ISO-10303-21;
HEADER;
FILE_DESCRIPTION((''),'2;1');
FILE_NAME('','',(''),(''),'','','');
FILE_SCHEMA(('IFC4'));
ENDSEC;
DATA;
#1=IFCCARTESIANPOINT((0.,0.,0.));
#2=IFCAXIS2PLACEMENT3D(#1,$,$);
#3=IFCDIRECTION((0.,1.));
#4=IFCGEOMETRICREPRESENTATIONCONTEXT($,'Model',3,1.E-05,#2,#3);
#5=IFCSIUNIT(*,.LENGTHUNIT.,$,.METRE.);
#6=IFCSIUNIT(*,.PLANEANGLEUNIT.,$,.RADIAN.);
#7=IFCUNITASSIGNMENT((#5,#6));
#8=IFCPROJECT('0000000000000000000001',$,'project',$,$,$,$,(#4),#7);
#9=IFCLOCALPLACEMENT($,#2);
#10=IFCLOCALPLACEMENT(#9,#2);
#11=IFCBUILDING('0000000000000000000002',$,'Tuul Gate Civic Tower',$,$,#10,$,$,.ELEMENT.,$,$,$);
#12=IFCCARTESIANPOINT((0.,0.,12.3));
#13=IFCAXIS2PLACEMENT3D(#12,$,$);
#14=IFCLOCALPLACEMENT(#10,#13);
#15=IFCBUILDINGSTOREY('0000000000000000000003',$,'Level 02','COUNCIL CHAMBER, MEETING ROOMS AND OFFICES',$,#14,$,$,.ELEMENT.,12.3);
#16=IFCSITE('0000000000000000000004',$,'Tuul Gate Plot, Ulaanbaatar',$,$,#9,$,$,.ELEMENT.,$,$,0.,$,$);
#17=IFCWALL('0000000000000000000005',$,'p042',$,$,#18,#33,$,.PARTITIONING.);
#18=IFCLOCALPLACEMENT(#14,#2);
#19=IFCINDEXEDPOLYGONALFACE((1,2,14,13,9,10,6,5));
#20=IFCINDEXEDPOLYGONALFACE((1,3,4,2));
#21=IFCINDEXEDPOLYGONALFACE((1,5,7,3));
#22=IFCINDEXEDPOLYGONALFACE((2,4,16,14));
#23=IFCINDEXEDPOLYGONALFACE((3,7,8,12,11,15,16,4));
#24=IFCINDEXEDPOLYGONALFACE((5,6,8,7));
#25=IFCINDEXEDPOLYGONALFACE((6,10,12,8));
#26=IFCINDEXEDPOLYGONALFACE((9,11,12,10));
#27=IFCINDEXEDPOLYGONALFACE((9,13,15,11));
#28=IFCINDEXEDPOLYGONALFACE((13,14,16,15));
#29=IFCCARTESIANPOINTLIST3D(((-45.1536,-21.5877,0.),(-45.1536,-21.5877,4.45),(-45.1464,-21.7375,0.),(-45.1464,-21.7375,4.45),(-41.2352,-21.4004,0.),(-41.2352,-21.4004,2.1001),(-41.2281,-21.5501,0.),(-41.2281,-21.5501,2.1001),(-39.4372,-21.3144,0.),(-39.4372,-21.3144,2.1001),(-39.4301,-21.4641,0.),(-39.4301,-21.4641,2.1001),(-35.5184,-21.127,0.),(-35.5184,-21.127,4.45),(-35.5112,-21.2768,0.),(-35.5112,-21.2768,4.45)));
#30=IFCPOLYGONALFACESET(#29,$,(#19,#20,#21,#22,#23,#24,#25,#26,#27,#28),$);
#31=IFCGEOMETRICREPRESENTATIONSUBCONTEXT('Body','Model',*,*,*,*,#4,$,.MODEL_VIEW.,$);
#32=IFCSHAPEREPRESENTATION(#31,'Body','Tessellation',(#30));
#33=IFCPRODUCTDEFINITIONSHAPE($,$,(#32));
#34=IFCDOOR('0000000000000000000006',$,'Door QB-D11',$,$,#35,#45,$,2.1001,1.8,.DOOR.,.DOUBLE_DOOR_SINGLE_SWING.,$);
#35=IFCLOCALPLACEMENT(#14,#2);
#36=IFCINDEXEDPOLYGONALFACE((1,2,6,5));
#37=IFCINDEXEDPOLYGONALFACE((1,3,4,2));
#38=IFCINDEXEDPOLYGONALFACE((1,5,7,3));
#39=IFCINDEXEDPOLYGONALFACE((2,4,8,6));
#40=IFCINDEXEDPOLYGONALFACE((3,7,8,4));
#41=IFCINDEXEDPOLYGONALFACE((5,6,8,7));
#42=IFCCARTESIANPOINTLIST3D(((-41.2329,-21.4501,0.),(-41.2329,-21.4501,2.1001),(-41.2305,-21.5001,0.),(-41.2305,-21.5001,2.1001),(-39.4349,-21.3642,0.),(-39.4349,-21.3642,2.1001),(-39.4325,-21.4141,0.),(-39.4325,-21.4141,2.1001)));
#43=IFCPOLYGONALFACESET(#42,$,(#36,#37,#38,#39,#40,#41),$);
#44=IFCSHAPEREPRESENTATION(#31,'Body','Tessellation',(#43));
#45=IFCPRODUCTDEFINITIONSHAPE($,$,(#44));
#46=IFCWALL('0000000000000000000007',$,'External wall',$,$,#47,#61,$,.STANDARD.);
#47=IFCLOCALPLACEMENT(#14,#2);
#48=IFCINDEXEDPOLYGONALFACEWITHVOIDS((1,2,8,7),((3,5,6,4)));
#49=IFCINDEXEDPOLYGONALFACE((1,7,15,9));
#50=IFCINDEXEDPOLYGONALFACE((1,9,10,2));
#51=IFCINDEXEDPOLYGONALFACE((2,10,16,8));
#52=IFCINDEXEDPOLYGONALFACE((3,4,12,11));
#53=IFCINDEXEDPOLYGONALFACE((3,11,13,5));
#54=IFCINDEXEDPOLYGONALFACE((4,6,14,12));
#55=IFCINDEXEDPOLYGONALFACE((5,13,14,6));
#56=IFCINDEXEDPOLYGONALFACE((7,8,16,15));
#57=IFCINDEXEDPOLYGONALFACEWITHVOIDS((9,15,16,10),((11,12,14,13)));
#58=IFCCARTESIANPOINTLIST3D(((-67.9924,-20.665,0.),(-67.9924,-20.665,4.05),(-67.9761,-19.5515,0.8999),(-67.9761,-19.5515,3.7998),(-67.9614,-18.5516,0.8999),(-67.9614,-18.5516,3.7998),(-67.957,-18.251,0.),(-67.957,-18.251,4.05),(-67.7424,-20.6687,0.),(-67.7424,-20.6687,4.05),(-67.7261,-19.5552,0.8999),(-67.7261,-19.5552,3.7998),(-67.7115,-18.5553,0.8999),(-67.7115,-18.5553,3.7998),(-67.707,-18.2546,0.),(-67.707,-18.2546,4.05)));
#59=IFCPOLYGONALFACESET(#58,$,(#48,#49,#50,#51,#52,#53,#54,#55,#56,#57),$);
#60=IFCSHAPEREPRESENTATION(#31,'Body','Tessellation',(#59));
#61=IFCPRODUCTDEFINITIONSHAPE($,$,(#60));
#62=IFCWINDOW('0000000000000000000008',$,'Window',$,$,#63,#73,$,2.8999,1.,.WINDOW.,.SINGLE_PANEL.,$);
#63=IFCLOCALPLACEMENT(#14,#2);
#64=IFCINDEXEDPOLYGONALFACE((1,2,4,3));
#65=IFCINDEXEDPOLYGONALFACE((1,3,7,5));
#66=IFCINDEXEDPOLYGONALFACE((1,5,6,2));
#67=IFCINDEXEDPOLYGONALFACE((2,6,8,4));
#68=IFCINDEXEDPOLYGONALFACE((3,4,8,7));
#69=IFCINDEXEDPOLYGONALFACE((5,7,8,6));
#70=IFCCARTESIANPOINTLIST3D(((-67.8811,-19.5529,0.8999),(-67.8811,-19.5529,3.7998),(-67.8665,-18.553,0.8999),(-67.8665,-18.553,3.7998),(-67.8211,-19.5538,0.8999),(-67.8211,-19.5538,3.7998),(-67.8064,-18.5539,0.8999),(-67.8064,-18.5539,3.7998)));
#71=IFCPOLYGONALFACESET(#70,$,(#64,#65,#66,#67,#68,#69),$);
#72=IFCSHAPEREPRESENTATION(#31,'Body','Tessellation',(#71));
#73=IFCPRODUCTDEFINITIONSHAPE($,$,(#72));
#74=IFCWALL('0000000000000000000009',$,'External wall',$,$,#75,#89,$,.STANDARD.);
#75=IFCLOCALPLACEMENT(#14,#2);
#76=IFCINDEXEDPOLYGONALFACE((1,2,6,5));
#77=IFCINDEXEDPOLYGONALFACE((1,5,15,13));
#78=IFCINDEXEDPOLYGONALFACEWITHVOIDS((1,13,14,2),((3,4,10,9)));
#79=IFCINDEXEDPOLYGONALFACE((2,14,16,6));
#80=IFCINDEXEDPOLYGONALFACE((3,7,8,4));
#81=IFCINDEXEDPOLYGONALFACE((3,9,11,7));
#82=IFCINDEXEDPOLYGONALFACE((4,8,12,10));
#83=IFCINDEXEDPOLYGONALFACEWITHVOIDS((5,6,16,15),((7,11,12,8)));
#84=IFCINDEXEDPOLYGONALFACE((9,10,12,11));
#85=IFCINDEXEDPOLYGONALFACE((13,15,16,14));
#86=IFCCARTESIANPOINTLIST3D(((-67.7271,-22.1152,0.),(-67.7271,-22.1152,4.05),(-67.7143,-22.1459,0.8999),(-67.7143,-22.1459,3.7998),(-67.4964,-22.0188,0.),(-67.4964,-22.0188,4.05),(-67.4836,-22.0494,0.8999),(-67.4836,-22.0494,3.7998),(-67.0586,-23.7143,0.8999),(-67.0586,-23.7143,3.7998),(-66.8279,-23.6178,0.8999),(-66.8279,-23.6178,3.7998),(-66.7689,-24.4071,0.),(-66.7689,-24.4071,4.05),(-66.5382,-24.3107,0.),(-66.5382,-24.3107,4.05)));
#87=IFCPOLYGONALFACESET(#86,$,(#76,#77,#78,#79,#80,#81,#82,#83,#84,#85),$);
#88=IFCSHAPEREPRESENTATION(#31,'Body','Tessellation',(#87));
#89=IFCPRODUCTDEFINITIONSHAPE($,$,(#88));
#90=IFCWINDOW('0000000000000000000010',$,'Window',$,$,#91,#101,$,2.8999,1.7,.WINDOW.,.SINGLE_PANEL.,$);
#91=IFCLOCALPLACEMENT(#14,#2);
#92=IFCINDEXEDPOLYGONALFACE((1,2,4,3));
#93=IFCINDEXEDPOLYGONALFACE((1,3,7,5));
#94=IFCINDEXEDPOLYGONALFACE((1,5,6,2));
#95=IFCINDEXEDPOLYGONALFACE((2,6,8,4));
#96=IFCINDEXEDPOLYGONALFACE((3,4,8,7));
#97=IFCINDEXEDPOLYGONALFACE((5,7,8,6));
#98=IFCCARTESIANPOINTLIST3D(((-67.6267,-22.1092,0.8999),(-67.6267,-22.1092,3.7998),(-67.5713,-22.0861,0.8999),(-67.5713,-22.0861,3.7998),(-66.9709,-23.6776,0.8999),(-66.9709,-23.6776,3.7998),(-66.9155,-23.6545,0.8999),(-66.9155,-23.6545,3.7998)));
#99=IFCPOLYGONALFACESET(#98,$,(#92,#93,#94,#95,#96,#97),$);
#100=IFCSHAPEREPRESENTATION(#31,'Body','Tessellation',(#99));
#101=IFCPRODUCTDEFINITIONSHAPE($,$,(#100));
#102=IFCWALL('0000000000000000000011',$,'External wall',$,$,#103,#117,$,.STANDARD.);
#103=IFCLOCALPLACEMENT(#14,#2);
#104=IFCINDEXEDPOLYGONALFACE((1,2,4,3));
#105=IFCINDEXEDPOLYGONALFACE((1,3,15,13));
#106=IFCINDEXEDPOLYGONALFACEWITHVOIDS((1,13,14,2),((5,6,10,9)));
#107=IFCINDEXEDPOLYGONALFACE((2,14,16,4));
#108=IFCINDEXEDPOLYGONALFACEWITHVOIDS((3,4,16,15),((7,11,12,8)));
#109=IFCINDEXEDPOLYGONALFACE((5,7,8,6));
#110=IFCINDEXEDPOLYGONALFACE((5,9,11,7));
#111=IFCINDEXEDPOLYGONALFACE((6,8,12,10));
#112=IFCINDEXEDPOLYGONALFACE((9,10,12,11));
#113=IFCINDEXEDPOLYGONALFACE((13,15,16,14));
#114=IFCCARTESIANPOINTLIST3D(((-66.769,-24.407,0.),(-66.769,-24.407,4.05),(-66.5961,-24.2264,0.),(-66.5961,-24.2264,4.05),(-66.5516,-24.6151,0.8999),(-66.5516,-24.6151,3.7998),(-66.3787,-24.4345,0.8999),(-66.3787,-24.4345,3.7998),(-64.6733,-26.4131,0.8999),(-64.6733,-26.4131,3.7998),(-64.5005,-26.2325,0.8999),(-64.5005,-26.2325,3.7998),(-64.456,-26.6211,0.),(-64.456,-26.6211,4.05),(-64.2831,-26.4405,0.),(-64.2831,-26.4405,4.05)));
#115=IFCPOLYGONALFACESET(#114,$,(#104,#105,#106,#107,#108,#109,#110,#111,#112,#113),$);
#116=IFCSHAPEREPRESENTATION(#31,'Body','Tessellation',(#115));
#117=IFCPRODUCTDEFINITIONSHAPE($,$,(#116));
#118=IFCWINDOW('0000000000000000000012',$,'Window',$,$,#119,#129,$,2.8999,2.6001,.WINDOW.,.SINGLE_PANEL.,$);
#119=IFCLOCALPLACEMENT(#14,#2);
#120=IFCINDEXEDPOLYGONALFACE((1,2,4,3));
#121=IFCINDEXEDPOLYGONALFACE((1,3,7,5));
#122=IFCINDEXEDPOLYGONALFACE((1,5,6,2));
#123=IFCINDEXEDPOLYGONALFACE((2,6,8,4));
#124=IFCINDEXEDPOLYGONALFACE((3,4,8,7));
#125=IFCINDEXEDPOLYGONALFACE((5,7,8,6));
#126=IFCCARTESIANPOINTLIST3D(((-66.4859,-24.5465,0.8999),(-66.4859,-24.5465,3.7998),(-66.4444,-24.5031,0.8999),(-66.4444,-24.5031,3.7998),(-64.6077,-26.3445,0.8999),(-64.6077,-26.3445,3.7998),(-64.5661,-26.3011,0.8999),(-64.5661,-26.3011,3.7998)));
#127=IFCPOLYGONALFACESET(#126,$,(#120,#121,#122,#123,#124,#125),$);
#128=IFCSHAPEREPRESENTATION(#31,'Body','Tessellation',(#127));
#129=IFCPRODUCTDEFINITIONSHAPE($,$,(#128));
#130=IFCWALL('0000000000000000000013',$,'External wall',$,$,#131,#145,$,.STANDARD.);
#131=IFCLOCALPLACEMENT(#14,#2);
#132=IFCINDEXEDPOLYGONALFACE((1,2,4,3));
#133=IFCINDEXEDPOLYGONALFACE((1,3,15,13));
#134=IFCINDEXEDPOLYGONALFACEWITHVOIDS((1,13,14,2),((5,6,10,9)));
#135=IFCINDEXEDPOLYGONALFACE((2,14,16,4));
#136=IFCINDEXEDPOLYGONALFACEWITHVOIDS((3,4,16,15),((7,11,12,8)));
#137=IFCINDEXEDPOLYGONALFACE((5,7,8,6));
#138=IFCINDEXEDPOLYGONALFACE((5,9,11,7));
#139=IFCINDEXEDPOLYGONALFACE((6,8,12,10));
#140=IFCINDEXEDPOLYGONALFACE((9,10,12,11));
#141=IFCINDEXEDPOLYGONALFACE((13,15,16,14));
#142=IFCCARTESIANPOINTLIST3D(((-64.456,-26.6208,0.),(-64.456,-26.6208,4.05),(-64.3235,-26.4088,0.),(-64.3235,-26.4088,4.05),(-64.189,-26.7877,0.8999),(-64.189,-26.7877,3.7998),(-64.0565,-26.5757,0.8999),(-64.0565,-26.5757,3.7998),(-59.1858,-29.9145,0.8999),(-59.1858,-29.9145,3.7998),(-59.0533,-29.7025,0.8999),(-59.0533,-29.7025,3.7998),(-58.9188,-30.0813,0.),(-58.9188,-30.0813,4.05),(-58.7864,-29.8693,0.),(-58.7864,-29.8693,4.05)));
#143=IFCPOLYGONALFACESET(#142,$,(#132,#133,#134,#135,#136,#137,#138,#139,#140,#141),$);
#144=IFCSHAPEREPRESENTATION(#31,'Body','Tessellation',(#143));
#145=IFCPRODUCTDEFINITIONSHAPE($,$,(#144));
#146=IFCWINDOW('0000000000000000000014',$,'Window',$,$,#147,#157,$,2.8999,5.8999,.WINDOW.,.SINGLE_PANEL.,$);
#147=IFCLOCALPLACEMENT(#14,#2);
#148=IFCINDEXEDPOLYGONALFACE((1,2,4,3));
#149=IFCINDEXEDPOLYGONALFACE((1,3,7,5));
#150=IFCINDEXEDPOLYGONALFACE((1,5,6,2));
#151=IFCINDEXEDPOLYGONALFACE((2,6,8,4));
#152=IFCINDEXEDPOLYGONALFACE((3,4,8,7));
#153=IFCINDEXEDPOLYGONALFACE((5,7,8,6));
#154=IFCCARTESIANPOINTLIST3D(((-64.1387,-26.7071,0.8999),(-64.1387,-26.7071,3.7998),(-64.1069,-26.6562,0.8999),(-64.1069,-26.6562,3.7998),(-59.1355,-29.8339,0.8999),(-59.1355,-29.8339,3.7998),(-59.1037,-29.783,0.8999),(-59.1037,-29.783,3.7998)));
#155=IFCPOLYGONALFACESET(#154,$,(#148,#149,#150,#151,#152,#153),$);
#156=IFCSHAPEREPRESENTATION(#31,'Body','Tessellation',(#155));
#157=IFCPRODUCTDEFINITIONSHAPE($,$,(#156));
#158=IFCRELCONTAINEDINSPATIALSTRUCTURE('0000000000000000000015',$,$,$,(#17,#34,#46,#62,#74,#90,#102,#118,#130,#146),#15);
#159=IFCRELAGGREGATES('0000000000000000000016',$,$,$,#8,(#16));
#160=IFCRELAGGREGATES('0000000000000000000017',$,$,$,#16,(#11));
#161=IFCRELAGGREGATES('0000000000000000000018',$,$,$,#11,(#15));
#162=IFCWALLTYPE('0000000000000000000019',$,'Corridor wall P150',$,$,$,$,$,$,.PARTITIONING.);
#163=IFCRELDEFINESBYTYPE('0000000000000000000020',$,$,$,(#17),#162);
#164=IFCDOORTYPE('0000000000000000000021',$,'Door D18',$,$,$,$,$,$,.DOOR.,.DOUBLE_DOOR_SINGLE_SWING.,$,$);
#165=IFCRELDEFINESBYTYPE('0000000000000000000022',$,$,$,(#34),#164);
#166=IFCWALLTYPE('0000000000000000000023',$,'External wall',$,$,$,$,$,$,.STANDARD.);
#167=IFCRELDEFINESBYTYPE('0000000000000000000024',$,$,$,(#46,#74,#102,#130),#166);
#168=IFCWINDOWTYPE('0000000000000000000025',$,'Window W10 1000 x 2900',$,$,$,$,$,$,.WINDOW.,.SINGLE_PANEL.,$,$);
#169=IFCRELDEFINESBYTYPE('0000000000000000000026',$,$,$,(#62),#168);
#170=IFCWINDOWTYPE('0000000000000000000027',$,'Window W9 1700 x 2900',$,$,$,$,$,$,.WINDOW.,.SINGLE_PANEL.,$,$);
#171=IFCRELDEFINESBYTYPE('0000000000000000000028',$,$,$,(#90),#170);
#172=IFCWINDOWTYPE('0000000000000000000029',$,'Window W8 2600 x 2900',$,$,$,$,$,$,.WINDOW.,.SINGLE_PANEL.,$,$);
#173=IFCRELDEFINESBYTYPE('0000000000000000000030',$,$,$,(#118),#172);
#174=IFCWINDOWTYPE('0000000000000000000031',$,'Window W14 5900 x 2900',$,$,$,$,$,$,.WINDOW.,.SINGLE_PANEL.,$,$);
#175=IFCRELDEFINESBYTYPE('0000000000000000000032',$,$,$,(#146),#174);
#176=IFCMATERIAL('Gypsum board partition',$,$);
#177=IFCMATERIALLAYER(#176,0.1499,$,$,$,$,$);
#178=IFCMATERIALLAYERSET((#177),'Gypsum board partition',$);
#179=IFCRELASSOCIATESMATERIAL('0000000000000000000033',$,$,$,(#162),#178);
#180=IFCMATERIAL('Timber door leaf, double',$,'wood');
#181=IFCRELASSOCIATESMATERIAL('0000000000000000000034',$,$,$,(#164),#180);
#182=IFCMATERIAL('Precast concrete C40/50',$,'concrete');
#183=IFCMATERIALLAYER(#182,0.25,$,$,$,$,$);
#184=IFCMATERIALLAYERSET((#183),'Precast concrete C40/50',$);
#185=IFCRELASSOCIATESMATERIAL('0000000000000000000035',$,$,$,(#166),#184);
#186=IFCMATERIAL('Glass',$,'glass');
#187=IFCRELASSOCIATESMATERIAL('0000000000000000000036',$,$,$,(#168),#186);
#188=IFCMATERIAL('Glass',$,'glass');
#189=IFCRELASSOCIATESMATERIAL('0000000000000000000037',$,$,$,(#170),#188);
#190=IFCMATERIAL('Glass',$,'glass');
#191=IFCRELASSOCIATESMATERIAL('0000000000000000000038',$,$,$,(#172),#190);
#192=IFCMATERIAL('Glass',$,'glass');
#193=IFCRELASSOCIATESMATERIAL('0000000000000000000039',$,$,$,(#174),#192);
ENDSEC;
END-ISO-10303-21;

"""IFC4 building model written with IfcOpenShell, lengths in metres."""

from ifc_helpers import new_model, si_unit, direction, frame, frame_2d, origin, place, context, subcontext, project, spatial, rectangle, extrude, material, layer, layer_set, type_object, element, fill, save


model = new_model("IFC4")

# Units and contexts
model_context = context("Model", 3, precision=1e-05, world=origin(), true_north=direction((0.0, 1.0)))
body_context = subcontext(model_context, "Body", "Model", "MODEL_VIEW")
ifc_project = project(units=[si_unit("LENGTHUNIT", "METRE"), si_unit("PLANEANGLEUNIT", "RADIAN")], contexts=[model_context])

# Site, building, storey
site_placement = place(None, origin())
site = spatial("IfcSite", under=ifc_project, at=site_placement, Name="Tuul Gate Plot, Ulaanbaatar", CompositionType="ELEMENT", RefElevation=0.0)
building_placement = place(site_placement, origin())
building = spatial("IfcBuilding", under=site, at=building_placement, Name="Tuul Gate Civic Tower", CompositionType="ELEMENT")
storey_placement = place(building_placement, frame((0.0, 0.0, 12.3)))
storey = spatial("IfcBuildingStorey", under=building, at=storey_placement, Name="Level 02", Description="COUNCIL CHAMBER, MEETING ROOMS AND OFFICES", CompositionType="ELEMENT", Elevation=12.3)

# Shared definitions
ifc_material_1 = material(Name="Gypsum board partition")
ifc_layer_1 = layer(ifc_material_1, 0.1499)
ifc_layer_set_1 = layer_set([ifc_layer_1], Name="Gypsum board partition")
wall_type_1 = type_object("IfcWallType", Name="Corridor wall P150", PredefinedType="PARTITIONING", material=ifc_layer_set_1)

# Wall, opening, door
wall_1_placement = place(storey_placement, frame((-45.1501, -21.6626, 0.0), z_axis=(0.0, 0.0, 1.0), x_axis=(0.998859, 0.047759, 0.0)))
wall_1 = element("IfcWall", 1, at=wall_1_placement, inside=storey, type_object=wall_type_1, Name="p042", PredefinedType="PARTITIONING", context=body_context, shape_type="SweptSolid", body=[
    extrude(rectangle(XDim=9.6462, YDim=0.1499, at=frame_2d((4.8232, 0.0))), origin(), (0.0, 0.0, 1.0), 4.45),
])
opening_1_placement = place(wall_1_placement, frame((3.9231, 0.0, 0.0)))
opening_1 = element("IfcOpeningElement", 2, at=opening_1_placement, cuts=wall_1, PredefinedType="OPENING", context=body_context, shape_type="SweptSolid", body=[
    extrude(rectangle(XDim=1.8, YDim=2.1001, at=frame_2d((0.8999, 1.05))), frame((0.0, 0.085, 0.0), z_axis=(0.0, -1.0, 0.0), x_axis=(1.0, 0.0, 0.0)), (0.0, 0.0, 1.0), 0.1699),
])
ifc_material_2 = material(Name="Timber door leaf, double", Category="wood")
door_type = type_object("IfcDoorType", Name="Door D18", OperationType="DOUBLE_DOOR_SINGLE_SWING", PredefinedType="DOOR", material=ifc_material_2)
door_placement = place(opening_1_placement, frame((1.8, 0.0, 0.0), z_axis=(0.0, 0.0, 1.0), x_axis=(-1.0, 0.0, 0.0)))
door = element("IfcDoor", 3, at=door_placement, inside=storey, type_object=door_type, Name="Door QB-D11", OperationType="DOUBLE_DOOR_SINGLE_SWING", OverallHeight=2.1001, OverallWidth=1.8, PredefinedType="DOOR", context=body_context, shape_type="SweptSolid", body=[
    extrude(rectangle(XDim=1.8, YDim=2.1001, at=frame_2d((0.9001, 1.05))), frame((0.0, 0.0249, 0.0), z_axis=(0.0, -1.0, 0.0), x_axis=(1.0, 0.0, 0.0)), (0.0, 0.0, 1.0), 0.05),
])
fill(opening_1, door)

# Walls, openings, windows
ifc_material_3 = material(Name="Precast concrete C40/50", Category="concrete")
ifc_layer_2 = layer(ifc_material_3, 0.25)
ifc_layer_set_2 = layer_set([ifc_layer_2], Name="Precast concrete C40/50")
wall_type_2 = type_object("IfcWallType", Name="External wall", PredefinedType="STANDARD", material=ifc_layer_set_2)
wall_2_placement = place(storey_placement, frame((-67.832, -18.2529, 0.0), z_axis=(0.0, 0.0, 1.0), x_axis=(-0.014663, -0.999892, 0.0)))
wall_2 = element("IfcWall", 4, at=wall_2_placement, inside=storey, type_object=wall_type_2, Name="External wall", PredefinedType="STANDARD", context=body_context, shape_type="SweptSolid", body=[
    extrude(rectangle(XDim=2.4143, YDim=0.25, at=frame_2d((1.207, 0.0))), origin(), (0.0, 0.0, 1.0), 4.05),
])
opening_2_placement = place(wall_2_placement, frame((0.3005, 0.0, 0.8999)))
opening_2 = element("IfcOpeningElement", 5, at=opening_2_placement, cuts=wall_2, PredefinedType="OPENING", context=body_context, shape_type="SweptSolid", body=[
    extrude(rectangle(XDim=1.0, YDim=2.8999, at=frame_2d((0.5, 1.45))), frame((0.0, 0.135, 0.0), z_axis=(0.0, -1.0, 0.0), x_axis=(1.0, 0.0, 0.0)), (0.0, 0.0, 1.0), 0.27),
])
ifc_material_4 = material(Name="Glass", Category="glass")
window_type_1 = type_object("IfcWindowType", Name="Window W10 1000 x 2900", PartitioningType="SINGLE_PANEL", PredefinedType="WINDOW", material=ifc_material_4)
window_1_placement = place(opening_2_placement, origin())
window_1 = element("IfcWindow", 6, at=window_1_placement, inside=storey, type_object=window_type_1, Name="Window", OverallHeight=2.8999, OverallWidth=1.0, PartitioningType="SINGLE_PANEL", PredefinedType="WINDOW", context=body_context, shape_type="SweptSolid", body=[
    extrude(rectangle(XDim=1.0, YDim=2.8999, at=frame_2d((0.5, 1.45))), frame((0.0, 0.03, 0.0), z_axis=(0.0, -1.0, 0.0), x_axis=(1.0, 0.0, 0.0)), (0.0, 0.0, 1.0), 0.0601),
])
fill(opening_2, window_1)
wall_3_placement = place(storey_placement, frame((-67.6118, -22.0669, 0.0), z_axis=(0.0, 0.0, 1.0), x_axis=(0.385732, -0.922611, 0.0)))
wall_3 = element("IfcWall", 7, at=wall_3_placement, inside=storey, type_object=wall_type_2, Name="External wall", PredefinedType="STANDARD", context=body_context, shape_type="SweptSolid", body=[
    extrude(rectangle(XDim=2.4841, YDim=0.25, at=frame_2d((1.2422, 0.0))), origin(), (0.0, 0.0, 1.0), 4.05),
])
opening_3_placement = place(wall_3_placement, frame((0.0332, 0.0, 0.8999)))
opening_3 = element("IfcOpeningElement", 8, at=opening_3_placement, cuts=wall_3, PredefinedType="OPENING", context=body_context, shape_type="SweptSolid", body=[
    extrude(rectangle(XDim=1.7, YDim=2.8999, at=frame_2d((0.8501, 1.45))), frame((0.0, 0.135, 0.0), z_axis=(0.0, -1.0, 0.0), x_axis=(1.0, 0.0, 0.0)), (0.0, 0.0, 1.0), 0.27),
])
ifc_material_5 = material(Name="Glass", Category="glass")
window_type_2 = type_object("IfcWindowType", Name="Window W9 1700 x 2900", PartitioningType="SINGLE_PANEL", PredefinedType="WINDOW", material=ifc_material_5)
window_2_placement = place(opening_3_placement, origin())
window_2 = element("IfcWindow", 9, at=window_2_placement, inside=storey, type_object=window_type_2, Name="Window", OverallHeight=2.8999, OverallWidth=1.7, PartitioningType="SINGLE_PANEL", PredefinedType="WINDOW", context=body_context, shape_type="SweptSolid", body=[
    extrude(rectangle(XDim=1.7, YDim=2.8999, at=frame_2d((0.8501, 1.45))), frame((0.0, 0.03, 0.0), z_axis=(0.0, -1.0, 0.0), x_axis=(1.0, 0.0, 0.0)), (0.0, 0.0, 1.0), 0.0601),
])
fill(opening_3, window_2)
wall_4_placement = place(storey_placement, frame((-66.6826, -24.3167, 0.0), z_axis=(0.0, 0.0, 1.0), x_axis=(0.722379, -0.691498, 0.0)))
wall_4 = element("IfcWall", 10, at=wall_4_placement, inside=storey, type_object=wall_type_2, Name="External wall", PredefinedType="STANDARD", context=body_context, shape_type="SweptSolid", body=[
    extrude(rectangle(XDim=3.2019, YDim=0.25, at=frame_2d((1.6011, 0.0))), origin(), (0.0, 0.0, 1.0), 4.05),
])
opening_4_placement = place(wall_4_placement, frame((0.301, 0.0, 0.8999)))
opening_4 = element("IfcOpeningElement", 11, at=opening_4_placement, cuts=wall_4, PredefinedType="OPENING", context=body_context, shape_type="SweptSolid", body=[
    extrude(rectangle(XDim=2.6001, YDim=2.8999, at=frame_2d((1.3, 1.45))), frame((0.0, 0.135, 0.0), z_axis=(0.0, -1.0, 0.0), x_axis=(1.0, 0.0, 0.0)), (0.0, 0.0, 1.0), 0.27),
])
ifc_material_6 = material(Name="Glass", Category="glass")
window_type_3 = type_object("IfcWindowType", Name="Window W8 2600 x 2900", PartitioningType="SINGLE_PANEL", PredefinedType="WINDOW", material=ifc_material_6)
window_3_placement = place(opening_4_placement, origin())
window_3 = element("IfcWindow", 12, at=window_3_placement, inside=storey, type_object=window_type_3, Name="Window", OverallHeight=2.8999, OverallWidth=2.6001, PartitioningType="SINGLE_PANEL", PredefinedType="WINDOW", context=body_context, shape_type="SweptSolid", body=[
    extrude(rectangle(XDim=2.6001, YDim=2.8999, at=frame_2d((1.3, 1.45))), frame((0.0, 0.03, 0.0), z_axis=(0.0, -1.0, 0.0), x_axis=(1.0, 0.0, 0.0)), (0.0, 0.0, 1.0), 0.0601),
])
fill(opening_4, window_3)
wall_5_placement = place(storey_placement, frame((-64.3896, -26.5149, 0.0), z_axis=(0.0, 0.0, 1.0), x_axis=(0.848015, -0.529972, 0.0)))
wall_5 = element("IfcWall", 13, at=wall_5_placement, inside=storey, type_object=wall_type_2, Name="External wall", PredefinedType="STANDARD", context=body_context, shape_type="SweptSolid", body=[
    extrude(rectangle(XDim=6.5295, YDim=0.25, at=frame_2d((3.2646, 0.0))), origin(), (0.0, 0.0, 1.0), 4.05),
])
opening_5_placement = place(wall_5_placement, frame((0.3147, 0.0, 0.8999)))
opening_5 = element("IfcOpeningElement", 14, at=opening_5_placement, cuts=wall_5, PredefinedType="OPENING", context=body_context, shape_type="SweptSolid", body=[
    extrude(rectangle(XDim=5.8999, YDim=2.8999, at=frame_2d((2.95, 1.45))), frame((0.0, 0.135, 0.0), z_axis=(0.0, -1.0, 0.0), x_axis=(1.0, 0.0, 0.0)), (0.0, 0.0, 1.0), 0.27),
])
ifc_material_7 = material(Name="Glass", Category="glass")
window_type_4 = type_object("IfcWindowType", Name="Window W14 5900 x 2900", PartitioningType="SINGLE_PANEL", PredefinedType="WINDOW", material=ifc_material_7)
window_4_placement = place(opening_5_placement, origin())
window_4 = element("IfcWindow", 15, at=window_4_placement, inside=storey, type_object=window_type_4, Name="Window", OverallHeight=2.8999, OverallWidth=5.8999, PartitioningType="SINGLE_PANEL", PredefinedType="WINDOW", context=body_context, shape_type="SweptSolid", body=[
    extrude(rectangle(XDim=5.8999, YDim=2.8999, at=frame_2d((2.95, 1.45))), frame((0.0, 0.03, 0.0), z_axis=(0.0, -1.0, 0.0), x_axis=(1.0, 0.0, 0.0)), (0.0, 0.0, 1.0), 0.0601),
])
fill(opening_5, window_4)

save(model, "model.ifc")
